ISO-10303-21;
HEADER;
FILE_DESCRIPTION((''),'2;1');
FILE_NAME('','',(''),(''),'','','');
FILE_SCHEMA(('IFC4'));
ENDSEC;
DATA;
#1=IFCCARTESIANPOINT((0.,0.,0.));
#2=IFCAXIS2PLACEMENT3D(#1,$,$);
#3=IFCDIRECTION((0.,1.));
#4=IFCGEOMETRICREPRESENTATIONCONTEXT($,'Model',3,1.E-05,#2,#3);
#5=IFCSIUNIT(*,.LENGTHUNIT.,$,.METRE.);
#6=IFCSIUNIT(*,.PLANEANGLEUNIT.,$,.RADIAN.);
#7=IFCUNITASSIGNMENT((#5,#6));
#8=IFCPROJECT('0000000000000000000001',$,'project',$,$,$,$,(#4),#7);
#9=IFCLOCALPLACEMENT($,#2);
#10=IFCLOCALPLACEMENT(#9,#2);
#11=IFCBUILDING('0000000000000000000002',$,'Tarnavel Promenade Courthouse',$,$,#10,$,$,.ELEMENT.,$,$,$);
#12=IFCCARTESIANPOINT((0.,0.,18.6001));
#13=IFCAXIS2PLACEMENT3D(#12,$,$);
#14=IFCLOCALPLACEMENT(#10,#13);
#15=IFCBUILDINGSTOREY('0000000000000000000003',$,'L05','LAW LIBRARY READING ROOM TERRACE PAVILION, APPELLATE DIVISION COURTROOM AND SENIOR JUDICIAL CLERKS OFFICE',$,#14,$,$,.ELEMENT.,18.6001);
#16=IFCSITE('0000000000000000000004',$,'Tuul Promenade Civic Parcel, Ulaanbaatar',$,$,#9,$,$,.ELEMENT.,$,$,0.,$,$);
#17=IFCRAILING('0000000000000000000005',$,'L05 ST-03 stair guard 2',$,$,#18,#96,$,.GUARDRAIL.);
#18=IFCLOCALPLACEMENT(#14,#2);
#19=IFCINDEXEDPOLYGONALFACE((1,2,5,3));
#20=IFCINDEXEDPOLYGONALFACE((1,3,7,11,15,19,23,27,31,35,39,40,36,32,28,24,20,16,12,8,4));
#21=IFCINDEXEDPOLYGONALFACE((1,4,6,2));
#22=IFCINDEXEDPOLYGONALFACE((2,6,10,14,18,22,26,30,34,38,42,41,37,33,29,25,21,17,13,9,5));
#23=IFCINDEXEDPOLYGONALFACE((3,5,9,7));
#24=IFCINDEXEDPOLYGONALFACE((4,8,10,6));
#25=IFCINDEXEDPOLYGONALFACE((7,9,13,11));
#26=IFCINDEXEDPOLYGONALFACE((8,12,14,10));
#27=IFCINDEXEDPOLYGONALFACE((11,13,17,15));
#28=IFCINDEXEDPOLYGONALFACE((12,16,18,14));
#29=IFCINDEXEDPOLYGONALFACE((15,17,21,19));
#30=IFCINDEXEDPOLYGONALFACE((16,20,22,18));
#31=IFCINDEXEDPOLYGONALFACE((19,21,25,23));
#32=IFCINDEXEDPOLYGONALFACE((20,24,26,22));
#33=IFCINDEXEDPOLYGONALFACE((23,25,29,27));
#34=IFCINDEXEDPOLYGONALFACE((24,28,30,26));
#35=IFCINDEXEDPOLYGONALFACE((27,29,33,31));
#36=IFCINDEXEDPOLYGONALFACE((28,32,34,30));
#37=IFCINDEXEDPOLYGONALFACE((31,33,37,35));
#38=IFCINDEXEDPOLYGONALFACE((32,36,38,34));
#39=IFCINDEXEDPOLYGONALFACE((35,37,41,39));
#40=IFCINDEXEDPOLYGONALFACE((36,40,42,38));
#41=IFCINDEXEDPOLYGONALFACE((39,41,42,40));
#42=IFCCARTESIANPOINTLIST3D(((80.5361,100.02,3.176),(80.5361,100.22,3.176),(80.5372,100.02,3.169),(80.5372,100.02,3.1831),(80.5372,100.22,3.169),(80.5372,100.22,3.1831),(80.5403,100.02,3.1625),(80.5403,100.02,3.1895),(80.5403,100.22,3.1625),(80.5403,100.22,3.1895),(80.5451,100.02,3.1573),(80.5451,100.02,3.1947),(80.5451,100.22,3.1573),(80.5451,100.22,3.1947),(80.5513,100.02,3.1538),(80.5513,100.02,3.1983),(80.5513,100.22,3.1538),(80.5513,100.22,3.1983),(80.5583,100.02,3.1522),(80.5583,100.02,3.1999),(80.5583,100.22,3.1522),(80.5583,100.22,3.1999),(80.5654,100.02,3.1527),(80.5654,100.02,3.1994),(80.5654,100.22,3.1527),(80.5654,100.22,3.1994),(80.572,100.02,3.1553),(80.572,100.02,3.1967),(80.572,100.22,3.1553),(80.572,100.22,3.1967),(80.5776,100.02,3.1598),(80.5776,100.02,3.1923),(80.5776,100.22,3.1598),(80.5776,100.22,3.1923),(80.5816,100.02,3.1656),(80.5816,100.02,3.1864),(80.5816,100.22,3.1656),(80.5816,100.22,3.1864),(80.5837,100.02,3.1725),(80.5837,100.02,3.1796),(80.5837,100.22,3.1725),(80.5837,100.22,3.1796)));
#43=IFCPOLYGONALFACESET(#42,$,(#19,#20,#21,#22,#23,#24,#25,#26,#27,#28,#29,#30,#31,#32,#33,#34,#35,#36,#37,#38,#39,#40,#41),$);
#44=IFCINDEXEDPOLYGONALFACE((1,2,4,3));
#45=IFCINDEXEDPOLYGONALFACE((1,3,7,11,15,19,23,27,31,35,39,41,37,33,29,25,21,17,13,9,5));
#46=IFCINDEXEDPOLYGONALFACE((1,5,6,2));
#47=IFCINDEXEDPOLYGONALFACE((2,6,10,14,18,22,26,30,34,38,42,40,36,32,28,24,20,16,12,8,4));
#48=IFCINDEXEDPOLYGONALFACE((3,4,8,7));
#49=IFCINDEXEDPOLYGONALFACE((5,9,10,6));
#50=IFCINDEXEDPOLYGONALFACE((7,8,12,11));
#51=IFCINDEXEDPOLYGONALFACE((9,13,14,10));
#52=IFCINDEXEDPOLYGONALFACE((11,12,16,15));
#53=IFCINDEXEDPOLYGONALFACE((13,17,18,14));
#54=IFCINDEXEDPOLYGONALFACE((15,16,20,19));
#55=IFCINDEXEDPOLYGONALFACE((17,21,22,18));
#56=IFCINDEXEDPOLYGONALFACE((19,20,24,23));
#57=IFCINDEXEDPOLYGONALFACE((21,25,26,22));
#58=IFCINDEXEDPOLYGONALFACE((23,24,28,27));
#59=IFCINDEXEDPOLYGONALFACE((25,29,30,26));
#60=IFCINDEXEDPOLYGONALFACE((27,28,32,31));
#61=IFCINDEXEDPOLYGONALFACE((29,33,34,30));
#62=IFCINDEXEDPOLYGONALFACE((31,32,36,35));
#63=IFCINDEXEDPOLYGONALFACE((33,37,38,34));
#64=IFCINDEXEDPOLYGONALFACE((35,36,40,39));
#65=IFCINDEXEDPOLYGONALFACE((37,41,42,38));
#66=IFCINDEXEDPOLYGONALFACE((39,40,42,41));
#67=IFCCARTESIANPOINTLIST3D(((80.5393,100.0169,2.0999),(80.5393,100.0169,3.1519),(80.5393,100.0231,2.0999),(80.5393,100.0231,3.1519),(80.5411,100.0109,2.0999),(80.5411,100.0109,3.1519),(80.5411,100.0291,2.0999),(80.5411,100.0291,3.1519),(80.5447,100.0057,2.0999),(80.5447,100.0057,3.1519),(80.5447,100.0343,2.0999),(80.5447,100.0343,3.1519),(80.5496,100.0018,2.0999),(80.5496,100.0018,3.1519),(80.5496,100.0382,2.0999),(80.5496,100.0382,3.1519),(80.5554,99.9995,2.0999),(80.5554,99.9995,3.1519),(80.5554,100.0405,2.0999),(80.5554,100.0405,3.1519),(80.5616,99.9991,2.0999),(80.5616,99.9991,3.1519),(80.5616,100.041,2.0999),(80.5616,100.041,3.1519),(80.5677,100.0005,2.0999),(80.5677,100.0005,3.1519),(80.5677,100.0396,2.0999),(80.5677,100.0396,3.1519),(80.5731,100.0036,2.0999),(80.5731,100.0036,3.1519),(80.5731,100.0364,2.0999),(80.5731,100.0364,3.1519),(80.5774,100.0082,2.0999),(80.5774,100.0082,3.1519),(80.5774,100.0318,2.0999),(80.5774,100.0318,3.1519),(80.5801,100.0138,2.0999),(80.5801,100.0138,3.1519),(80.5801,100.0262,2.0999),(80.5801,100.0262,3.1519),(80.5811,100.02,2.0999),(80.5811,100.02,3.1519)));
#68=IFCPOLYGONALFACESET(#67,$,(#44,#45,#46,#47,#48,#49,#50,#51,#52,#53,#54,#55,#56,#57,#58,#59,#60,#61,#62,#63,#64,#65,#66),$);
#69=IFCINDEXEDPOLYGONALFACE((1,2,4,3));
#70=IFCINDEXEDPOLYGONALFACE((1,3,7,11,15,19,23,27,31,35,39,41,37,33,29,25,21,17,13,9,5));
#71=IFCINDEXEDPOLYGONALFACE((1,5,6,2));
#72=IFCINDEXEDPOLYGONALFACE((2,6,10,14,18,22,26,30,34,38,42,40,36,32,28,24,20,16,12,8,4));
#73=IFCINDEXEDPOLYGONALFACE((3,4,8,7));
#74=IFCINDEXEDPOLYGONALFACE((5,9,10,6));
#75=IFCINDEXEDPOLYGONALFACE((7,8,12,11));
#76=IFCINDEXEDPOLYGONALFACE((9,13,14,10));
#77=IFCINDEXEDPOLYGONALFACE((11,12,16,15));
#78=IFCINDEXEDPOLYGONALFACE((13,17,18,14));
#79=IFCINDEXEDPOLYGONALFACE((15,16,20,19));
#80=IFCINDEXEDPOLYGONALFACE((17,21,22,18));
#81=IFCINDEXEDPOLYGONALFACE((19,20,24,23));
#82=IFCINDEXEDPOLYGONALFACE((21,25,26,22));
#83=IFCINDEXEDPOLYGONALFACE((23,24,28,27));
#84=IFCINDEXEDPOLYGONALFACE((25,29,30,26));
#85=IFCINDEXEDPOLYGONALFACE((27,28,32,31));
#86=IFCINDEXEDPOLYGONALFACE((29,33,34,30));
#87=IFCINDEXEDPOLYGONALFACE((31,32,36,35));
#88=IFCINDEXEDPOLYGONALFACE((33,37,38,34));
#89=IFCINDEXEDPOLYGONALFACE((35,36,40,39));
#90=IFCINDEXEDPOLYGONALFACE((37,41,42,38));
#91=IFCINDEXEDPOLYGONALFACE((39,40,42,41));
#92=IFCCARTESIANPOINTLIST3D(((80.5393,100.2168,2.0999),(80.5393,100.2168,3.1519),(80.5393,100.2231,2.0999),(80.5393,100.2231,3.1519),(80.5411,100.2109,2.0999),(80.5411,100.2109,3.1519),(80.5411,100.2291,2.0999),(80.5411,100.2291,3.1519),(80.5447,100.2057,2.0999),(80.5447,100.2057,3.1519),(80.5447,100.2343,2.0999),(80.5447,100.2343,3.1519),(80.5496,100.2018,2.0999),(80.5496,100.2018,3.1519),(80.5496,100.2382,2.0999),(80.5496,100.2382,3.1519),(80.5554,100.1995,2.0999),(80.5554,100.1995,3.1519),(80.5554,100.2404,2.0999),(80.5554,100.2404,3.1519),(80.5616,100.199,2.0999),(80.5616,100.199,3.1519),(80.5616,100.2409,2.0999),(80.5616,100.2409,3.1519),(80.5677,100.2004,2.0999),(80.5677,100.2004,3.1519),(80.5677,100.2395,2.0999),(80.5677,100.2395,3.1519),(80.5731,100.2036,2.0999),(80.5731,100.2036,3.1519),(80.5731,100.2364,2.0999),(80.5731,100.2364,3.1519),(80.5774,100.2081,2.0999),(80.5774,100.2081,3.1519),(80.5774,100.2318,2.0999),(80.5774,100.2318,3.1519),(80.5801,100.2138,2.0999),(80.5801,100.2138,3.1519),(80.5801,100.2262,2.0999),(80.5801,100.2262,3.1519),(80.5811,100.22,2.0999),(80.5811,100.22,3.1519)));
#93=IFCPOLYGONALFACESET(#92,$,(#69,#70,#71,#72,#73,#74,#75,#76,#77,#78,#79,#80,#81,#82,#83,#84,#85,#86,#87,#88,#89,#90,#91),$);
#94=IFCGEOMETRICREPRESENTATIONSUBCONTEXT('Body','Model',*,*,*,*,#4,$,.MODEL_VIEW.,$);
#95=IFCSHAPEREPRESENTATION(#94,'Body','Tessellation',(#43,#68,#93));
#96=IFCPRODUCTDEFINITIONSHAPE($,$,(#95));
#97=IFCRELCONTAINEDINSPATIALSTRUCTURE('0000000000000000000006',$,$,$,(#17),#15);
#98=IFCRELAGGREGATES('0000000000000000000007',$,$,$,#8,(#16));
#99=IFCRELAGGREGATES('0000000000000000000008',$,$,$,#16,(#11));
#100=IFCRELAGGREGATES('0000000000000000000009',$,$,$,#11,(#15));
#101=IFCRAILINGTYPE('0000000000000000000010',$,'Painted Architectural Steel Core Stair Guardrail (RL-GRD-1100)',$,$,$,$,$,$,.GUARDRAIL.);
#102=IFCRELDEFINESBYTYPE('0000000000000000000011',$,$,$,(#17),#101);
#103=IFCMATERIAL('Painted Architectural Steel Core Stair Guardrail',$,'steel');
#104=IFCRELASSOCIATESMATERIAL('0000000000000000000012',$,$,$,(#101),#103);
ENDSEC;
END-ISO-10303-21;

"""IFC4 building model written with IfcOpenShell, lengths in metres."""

from ifc_helpers import new_model, si_unit, direction, frame, origin, origin_2d, place, context, subcontext, project, spatial, circle, extrude, material, type_object, element, save


model = new_model("IFC4")

# Units and contexts
model_context = context("Model", 3, precision=1e-05, world=origin(), true_north=direction((0.0, 1.0)))
body_context = subcontext(model_context, "Body", "Model", "MODEL_VIEW")
ifc_project = project(units=[si_unit("LENGTHUNIT", "METRE"), si_unit("PLANEANGLEUNIT", "RADIAN")], contexts=[model_context])

# Site, building, storey
site_placement = place(None, origin())
site = spatial("IfcSite", under=ifc_project, at=site_placement, Name="Tuul Promenade Civic Parcel, Ulaanbaatar", CompositionType="ELEMENT", RefElevation=0.0)
building_placement = place(site_placement, origin())
building = spatial("IfcBuilding", under=site, at=building_placement, Name="Tarnavel Promenade Courthouse", CompositionType="ELEMENT")
storey_placement = place(building_placement, frame((0.0, 0.0, 18.6001)))
storey = spatial("IfcBuildingStorey", under=building, at=storey_placement, Name="L05", Description="LAW LIBRARY READING ROOM TERRACE PAVILION, APPELLATE DIVISION COURTROOM AND SENIOR JUDICIAL CLERKS OFFICE", CompositionType="ELEMENT", Elevation=18.6001)

# Railing
ifc_material_1 = material(Name="Painted Architectural Steel Core Stair Guardrail", Category="steel")
railing_type_1 = type_object("IfcRailingType", Name="Painted Architectural Steel Core Stair Guardrail (RL-GRD-1100)", PredefinedType="GUARDRAIL", material=ifc_material_1)
railing_1_placement = place(storey_placement, frame((80.5601, 100.02, 2.0999)))
element("IfcRailing", 1, at=railing_1_placement, inside=storey, type_object=railing_type_1, Name="L05 ST-03 stair guard 2", PredefinedType="GUARDRAIL", context=body_context, shape_type="SweptSolid", body=[
    extrude(circle(Radius=0.0239, at=origin_2d()), frame((0.0, 0.0, 1.0762), z_axis=(0.0, 1.0, 0.0), x_axis=(-1.0, 0.0, 0.0)), (0.0, 0.0, 1.0), 0.2),
    extrude(circle(Radius=0.021, at=origin_2d()), origin(), (0.0, 0.0, 1.0), 1.052),
    extrude(circle(Radius=0.021, at=origin_2d()), frame((0.0, 0.2, 0.0)), (0.0, 0.0, 1.0), 1.052),
])

save(model, "model.ifc")
